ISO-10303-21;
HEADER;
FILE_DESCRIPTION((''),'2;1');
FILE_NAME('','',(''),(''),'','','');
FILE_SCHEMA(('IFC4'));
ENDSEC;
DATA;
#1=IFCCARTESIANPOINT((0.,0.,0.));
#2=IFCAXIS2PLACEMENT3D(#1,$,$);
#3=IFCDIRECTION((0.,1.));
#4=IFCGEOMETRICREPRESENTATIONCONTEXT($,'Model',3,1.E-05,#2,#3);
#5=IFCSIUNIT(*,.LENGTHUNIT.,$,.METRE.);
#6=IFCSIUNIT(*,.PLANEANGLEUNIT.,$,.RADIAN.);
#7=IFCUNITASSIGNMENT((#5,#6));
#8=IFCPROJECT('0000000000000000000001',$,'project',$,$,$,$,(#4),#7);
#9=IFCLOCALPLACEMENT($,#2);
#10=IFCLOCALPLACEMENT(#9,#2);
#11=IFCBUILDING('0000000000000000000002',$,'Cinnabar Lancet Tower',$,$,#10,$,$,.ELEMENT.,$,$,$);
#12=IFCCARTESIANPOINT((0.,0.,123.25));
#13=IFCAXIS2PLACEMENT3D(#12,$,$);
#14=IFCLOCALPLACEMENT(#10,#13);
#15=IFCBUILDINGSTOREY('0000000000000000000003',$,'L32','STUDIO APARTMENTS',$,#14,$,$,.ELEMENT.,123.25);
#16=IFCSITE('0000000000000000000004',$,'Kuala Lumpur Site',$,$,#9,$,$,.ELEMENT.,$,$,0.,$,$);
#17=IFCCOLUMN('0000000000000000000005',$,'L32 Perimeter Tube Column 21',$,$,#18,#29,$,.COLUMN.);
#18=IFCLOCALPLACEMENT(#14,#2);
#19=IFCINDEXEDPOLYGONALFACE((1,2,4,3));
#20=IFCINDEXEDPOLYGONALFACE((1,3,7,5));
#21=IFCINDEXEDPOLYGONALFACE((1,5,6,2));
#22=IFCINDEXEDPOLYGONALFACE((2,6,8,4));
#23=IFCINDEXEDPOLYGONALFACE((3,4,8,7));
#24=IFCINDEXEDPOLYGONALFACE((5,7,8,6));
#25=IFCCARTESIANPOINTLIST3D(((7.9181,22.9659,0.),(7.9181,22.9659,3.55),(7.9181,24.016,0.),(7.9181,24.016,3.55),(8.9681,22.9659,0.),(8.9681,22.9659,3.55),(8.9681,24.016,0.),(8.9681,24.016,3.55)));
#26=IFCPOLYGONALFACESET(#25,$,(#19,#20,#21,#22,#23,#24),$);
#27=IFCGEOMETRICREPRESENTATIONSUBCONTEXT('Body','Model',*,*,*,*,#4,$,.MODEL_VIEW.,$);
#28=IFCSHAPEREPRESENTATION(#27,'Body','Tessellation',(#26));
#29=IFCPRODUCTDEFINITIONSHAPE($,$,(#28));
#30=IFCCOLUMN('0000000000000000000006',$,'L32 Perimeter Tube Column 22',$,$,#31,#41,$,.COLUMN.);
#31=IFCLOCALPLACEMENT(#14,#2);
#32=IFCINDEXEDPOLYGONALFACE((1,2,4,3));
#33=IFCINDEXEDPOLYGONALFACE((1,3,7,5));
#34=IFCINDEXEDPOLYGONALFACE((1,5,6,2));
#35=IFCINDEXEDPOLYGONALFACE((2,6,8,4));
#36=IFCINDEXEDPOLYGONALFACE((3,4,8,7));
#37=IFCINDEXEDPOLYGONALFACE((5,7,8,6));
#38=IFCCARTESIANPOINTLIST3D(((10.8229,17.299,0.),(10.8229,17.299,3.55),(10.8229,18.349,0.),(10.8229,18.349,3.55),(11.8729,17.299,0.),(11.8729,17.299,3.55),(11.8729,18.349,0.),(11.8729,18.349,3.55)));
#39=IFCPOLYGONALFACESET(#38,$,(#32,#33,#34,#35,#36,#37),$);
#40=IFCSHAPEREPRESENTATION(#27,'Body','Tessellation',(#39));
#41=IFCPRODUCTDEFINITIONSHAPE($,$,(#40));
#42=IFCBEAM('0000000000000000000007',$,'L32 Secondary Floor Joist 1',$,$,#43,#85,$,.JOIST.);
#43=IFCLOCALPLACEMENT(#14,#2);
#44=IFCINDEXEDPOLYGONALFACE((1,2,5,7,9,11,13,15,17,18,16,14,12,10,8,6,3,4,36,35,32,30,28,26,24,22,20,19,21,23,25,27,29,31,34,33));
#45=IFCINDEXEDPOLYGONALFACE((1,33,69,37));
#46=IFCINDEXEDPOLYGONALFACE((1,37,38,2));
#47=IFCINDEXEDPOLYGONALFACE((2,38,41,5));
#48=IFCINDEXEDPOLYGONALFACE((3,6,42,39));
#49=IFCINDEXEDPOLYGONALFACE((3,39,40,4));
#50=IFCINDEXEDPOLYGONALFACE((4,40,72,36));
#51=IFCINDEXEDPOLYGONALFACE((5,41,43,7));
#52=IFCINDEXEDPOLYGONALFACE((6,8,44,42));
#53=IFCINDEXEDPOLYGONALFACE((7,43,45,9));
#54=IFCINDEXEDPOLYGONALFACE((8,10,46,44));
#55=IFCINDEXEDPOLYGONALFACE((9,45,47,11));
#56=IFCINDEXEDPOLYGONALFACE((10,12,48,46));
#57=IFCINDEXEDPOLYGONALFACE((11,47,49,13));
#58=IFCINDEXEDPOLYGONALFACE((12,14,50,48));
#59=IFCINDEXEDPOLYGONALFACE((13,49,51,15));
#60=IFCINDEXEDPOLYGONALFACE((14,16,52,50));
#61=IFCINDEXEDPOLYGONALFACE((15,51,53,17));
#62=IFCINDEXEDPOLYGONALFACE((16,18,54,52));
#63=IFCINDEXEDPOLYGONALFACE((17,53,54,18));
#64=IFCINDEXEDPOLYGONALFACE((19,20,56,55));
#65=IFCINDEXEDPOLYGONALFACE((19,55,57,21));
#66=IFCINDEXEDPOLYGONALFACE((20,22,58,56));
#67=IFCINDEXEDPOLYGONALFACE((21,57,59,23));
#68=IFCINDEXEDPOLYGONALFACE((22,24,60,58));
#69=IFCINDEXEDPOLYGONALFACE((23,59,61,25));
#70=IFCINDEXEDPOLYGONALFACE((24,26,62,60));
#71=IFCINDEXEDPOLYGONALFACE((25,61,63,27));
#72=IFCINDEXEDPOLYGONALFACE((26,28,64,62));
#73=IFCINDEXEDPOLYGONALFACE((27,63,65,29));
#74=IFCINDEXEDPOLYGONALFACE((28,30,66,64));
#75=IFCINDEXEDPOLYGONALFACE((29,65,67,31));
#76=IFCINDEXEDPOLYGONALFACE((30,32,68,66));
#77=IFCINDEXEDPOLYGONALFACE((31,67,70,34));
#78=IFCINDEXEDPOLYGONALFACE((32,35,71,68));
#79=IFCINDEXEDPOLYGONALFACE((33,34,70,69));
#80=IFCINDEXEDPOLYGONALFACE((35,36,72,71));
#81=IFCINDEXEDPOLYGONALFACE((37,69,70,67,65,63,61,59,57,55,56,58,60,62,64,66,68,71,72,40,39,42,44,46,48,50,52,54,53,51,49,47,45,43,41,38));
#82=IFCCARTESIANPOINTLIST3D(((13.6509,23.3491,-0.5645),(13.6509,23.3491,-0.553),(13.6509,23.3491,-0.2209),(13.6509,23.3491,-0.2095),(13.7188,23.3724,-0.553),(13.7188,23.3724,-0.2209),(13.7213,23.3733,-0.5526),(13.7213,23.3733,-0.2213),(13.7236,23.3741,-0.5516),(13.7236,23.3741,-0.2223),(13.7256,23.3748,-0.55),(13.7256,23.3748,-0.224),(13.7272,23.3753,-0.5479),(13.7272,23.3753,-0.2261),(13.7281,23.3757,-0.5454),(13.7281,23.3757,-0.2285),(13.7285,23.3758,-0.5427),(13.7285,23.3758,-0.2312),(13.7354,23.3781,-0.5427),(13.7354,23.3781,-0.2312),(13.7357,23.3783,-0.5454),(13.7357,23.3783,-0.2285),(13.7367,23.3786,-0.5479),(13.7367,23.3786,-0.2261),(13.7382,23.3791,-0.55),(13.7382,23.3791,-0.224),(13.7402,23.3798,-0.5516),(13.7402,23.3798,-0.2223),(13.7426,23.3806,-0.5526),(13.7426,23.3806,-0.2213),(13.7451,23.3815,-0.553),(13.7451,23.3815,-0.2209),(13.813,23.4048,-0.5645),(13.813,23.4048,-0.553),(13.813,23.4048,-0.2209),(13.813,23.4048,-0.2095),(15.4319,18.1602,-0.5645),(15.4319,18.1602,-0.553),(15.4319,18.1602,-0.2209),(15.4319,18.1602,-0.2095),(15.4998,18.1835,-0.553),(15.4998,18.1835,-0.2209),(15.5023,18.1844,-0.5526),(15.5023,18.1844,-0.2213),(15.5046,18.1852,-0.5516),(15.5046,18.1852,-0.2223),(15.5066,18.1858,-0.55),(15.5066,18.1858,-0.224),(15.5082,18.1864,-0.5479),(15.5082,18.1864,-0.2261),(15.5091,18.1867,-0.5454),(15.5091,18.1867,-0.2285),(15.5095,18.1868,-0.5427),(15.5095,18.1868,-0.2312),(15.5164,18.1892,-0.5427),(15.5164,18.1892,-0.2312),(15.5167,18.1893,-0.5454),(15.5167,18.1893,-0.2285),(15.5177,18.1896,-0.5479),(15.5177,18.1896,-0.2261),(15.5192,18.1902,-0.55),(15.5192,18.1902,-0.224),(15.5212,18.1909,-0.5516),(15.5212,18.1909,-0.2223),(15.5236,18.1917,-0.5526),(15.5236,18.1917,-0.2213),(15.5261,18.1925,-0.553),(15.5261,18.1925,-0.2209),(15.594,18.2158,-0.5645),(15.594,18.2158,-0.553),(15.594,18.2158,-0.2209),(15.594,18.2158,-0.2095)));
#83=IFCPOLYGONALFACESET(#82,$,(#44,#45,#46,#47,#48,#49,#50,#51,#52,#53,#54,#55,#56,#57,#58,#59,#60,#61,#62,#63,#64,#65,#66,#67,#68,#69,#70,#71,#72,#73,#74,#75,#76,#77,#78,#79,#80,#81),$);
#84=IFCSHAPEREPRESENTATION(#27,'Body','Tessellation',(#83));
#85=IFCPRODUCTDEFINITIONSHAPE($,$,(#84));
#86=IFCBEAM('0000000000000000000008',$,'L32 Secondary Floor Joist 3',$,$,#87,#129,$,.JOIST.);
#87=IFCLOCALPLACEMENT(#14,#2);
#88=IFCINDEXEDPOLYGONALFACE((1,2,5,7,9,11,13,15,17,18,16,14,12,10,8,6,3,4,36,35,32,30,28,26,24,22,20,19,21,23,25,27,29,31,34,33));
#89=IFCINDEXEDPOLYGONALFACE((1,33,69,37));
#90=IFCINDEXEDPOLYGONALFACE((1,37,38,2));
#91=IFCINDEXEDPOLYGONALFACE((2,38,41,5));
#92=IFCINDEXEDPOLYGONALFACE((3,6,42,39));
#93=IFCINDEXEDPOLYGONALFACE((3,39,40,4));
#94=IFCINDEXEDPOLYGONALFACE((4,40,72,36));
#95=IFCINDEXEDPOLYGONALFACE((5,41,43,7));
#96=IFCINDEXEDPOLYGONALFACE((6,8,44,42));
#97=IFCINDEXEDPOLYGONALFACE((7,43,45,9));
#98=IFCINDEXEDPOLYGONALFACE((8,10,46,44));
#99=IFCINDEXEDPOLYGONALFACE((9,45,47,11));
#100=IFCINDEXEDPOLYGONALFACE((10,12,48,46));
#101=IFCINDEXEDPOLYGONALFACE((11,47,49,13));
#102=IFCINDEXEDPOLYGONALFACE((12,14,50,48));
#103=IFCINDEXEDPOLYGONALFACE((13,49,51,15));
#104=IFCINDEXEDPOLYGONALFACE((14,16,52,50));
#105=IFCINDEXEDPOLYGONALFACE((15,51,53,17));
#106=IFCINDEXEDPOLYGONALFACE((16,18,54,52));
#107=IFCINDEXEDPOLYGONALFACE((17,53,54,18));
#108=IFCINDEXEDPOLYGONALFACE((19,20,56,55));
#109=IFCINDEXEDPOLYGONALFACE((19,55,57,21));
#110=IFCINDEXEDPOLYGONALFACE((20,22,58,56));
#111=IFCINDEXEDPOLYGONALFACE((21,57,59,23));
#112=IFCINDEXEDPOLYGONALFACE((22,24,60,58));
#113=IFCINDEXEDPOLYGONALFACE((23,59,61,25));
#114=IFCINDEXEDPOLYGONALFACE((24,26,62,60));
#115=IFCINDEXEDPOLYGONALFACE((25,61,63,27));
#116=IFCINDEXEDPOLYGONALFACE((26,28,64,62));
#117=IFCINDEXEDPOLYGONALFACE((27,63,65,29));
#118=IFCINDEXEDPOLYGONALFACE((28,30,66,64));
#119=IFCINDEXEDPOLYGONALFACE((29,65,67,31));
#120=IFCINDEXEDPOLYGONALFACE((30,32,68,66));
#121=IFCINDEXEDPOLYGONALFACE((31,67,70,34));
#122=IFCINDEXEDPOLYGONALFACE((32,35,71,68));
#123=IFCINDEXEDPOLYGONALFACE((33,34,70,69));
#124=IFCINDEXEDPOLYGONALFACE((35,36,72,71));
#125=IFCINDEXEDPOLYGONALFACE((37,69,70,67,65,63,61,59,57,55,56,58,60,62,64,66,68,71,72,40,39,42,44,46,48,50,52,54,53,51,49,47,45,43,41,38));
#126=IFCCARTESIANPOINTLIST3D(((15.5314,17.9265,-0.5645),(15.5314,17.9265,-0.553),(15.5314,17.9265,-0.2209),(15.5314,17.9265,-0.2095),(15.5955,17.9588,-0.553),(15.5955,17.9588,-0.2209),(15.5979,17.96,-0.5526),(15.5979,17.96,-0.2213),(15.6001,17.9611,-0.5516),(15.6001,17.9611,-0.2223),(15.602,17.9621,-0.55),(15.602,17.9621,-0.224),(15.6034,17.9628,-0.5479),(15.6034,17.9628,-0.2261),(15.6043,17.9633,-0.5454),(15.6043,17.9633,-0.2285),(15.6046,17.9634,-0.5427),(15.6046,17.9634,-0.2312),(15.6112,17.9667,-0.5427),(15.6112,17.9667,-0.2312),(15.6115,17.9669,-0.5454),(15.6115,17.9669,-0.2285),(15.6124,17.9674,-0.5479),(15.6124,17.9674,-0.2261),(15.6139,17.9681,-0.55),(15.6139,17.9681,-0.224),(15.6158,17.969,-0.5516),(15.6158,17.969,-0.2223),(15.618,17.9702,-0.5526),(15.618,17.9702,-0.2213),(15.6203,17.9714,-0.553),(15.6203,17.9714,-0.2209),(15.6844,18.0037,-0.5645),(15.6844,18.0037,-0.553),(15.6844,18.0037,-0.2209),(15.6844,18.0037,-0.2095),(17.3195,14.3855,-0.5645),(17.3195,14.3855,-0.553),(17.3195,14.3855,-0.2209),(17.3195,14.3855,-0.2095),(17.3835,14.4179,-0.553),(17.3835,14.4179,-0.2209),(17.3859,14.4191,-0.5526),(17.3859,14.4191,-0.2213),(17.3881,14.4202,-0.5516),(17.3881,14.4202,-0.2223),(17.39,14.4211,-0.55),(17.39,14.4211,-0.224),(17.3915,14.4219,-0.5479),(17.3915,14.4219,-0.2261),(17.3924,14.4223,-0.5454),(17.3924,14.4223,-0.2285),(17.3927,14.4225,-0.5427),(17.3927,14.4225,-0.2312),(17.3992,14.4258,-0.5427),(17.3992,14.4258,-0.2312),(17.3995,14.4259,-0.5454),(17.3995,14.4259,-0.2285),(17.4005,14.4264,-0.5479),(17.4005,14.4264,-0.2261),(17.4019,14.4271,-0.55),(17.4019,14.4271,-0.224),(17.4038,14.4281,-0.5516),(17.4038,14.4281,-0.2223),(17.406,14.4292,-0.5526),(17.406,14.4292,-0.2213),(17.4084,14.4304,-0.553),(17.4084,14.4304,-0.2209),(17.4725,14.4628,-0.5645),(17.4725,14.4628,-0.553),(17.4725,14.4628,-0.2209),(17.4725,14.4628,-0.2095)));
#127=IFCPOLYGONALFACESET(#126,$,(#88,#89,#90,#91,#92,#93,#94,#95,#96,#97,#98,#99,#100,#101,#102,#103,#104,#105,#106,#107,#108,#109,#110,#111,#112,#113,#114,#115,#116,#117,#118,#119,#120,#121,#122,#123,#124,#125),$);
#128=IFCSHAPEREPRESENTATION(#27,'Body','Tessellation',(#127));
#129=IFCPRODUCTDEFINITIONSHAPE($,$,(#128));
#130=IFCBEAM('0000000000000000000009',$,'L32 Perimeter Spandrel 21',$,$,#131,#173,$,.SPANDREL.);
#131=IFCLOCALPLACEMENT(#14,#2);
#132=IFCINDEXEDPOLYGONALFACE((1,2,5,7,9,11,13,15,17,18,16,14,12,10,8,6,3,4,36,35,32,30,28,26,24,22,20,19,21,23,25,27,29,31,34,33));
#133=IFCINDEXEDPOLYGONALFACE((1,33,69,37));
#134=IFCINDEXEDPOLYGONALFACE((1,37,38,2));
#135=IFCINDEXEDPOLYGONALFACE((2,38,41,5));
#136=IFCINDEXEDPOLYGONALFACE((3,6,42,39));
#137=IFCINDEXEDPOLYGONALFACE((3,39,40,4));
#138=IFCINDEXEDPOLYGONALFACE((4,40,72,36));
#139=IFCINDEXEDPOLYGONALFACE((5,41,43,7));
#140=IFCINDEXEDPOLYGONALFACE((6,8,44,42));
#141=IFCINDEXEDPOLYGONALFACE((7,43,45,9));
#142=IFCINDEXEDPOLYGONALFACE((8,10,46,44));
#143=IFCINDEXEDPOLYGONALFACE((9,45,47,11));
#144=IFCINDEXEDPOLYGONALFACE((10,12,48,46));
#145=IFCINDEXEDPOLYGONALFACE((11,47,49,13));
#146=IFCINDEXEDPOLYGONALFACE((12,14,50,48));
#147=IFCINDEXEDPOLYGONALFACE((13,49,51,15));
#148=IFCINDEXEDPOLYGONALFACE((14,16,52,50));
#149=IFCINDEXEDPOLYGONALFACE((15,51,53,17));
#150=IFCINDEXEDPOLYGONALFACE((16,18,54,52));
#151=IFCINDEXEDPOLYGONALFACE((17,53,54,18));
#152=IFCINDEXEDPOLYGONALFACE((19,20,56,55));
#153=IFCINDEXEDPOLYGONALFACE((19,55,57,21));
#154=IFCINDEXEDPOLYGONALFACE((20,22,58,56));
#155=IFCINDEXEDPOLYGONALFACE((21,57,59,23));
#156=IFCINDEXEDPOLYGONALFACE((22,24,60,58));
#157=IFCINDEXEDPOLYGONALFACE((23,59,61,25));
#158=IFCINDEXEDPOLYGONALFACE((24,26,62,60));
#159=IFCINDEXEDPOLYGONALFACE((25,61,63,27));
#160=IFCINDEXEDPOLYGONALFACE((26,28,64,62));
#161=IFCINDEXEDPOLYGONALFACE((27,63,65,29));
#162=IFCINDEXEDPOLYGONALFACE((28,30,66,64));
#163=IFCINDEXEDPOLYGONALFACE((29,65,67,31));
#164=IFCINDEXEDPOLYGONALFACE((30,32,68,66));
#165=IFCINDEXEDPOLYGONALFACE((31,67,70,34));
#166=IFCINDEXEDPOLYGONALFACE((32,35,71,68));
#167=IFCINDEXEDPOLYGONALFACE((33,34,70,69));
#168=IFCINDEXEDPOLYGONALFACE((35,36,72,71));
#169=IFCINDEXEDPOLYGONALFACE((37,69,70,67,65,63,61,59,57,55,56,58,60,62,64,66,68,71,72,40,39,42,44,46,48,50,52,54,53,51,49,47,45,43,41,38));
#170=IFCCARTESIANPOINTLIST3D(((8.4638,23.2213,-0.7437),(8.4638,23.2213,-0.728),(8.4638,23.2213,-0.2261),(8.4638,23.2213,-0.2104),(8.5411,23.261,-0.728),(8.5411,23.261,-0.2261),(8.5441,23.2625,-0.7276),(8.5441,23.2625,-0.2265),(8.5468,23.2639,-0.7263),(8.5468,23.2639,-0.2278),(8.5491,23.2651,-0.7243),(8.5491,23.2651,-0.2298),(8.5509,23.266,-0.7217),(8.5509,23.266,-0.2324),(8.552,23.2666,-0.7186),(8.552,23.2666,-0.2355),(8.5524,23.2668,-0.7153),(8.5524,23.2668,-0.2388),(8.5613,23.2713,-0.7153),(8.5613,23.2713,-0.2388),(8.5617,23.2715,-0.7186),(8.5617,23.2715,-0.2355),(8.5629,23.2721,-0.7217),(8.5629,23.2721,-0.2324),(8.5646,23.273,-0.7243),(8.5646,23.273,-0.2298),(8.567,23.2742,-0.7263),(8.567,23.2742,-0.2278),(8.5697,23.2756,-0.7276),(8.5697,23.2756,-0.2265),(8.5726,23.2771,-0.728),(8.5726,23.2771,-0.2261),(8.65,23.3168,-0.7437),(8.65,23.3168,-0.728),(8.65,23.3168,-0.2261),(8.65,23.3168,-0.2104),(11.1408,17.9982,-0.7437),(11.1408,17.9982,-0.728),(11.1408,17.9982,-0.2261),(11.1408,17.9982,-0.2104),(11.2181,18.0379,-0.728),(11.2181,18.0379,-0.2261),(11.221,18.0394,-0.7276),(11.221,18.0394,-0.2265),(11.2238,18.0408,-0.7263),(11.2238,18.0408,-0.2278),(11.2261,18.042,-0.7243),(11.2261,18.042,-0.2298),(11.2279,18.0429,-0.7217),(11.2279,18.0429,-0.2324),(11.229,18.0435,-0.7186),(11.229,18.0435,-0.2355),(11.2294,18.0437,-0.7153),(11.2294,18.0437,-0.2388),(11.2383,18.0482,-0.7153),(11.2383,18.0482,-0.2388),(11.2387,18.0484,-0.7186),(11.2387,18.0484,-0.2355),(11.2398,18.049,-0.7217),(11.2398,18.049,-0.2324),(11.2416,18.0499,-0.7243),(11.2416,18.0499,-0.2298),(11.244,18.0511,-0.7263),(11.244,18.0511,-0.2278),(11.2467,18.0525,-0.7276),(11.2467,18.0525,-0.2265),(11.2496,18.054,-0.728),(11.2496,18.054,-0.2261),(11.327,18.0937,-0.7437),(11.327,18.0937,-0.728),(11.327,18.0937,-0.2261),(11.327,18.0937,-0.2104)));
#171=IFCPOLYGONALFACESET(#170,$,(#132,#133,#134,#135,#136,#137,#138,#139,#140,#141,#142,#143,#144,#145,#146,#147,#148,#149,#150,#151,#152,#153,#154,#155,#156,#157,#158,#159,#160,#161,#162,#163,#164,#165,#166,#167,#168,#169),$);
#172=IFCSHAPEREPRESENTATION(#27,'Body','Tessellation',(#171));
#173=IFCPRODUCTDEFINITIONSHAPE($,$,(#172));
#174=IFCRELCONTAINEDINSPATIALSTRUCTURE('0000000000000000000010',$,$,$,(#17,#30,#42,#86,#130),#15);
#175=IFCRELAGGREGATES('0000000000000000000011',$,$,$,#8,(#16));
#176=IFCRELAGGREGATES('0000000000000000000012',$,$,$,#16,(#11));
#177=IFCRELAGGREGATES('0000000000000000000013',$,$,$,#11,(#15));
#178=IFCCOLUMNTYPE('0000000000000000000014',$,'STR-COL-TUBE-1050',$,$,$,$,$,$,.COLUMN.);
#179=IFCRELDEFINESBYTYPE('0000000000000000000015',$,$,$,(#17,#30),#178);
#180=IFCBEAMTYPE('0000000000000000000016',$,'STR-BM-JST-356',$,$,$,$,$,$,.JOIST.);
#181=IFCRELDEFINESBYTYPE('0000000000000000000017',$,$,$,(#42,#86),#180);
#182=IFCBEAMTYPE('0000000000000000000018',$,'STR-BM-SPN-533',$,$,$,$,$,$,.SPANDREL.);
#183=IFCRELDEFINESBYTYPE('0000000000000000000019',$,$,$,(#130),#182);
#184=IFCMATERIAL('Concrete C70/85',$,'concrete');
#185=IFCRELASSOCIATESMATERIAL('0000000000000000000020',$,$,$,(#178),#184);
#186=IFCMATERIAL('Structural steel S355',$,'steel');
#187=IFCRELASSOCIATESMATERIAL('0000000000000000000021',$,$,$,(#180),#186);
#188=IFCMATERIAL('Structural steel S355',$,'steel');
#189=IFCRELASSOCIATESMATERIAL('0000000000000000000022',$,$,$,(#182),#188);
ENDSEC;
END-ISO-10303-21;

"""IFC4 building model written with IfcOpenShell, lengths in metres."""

from ifc_helpers import new_model, si_unit, direction, frame, origin, origin_2d, place, context, subcontext, project, spatial, rectangle, i_section, extrude, material, material_profile, profile_set, type_object, element, save


model = new_model("IFC4")

# Units and contexts
model_context = context("Model", 3, precision=1e-05, world=origin(), true_north=direction((0.0, 1.0)))
body_context = subcontext(model_context, "Body", "Model", "MODEL_VIEW")
ifc_project = project(units=[si_unit("LENGTHUNIT", "METRE"), si_unit("PLANEANGLEUNIT", "RADIAN")], contexts=[model_context])

# Site, building, storey
site_placement = place(None, origin())
site = spatial("IfcSite", under=ifc_project, at=site_placement, Name="Kuala Lumpur Site", CompositionType="ELEMENT", RefElevation=0.0)
building_placement = place(site_placement, origin())
building = spatial("IfcBuilding", under=site, at=building_placement, Name="Cinnabar Lancet Tower", CompositionType="ELEMENT")
storey_placement = place(building_placement, frame((0.0, 0.0, 123.25)))
storey = spatial("IfcBuildingStorey", under=building, at=storey_placement, Name="L32", Description="STUDIO APARTMENTS", CompositionType="ELEMENT", Elevation=123.25)

# Columns
ifc_material_1 = material(Name="Concrete C70/85", Category="concrete")
ifc_material_profile_1 = material_profile(ifc_material_1, rectangle(XDim=1.05, YDim=1.05, at=origin_2d()), Name="RC-COL 1050x1050")
ifc_profile_set_1 = profile_set([ifc_material_profile_1], Name="Concrete C70/85")
column_type = type_object("IfcColumnType", Name="STR-COL-TUBE-1050", PredefinedType="COLUMN", material=ifc_profile_set_1)
for number, where, z_axis, x_axis, name in (
    (1, (8.4431, 23.491, 0.0), (0.0, 0.0, 1.0), (1.0, 0.0, 0.0), "L32 Perimeter Tube Column 21"),
    (2, (11.3479, 17.824, 0.0), (0.0, 0.0, 1.0), (1.0, 0.0, 0.0), "L32 Perimeter Tube Column 22"),
):
    element("IfcColumn", number, at=place(storey_placement, frame(where, z_axis=z_axis, x_axis=x_axis)), inside=storey, type_object=column_type, Name=name, PredefinedType="COLUMN", context=body_context, shape_type="SweptSolid", body=[
        extrude(rectangle(XDim=1.05, YDim=1.05, at=origin_2d()), origin(), (0.0, 0.0, 1.0), 3.55),
    ])

# Beams
ifc_material_2 = material(Name="Structural steel S355", Category="steel")
ifc_material_profile_2 = material_profile(ifc_material_2, i_section(OverallWidth=0.1714, OverallDepth=0.355, WebThickness=0.0073, FlangeThickness=0.0115, FilletRadius=0.0103, at=origin_2d()), Name="UKB 356x171x51")
ifc_profile_set_2 = profile_set([ifc_material_profile_2], Name="Structural steel S355")
beam_type_1 = type_object("IfcBeamType", Name="STR-BM-JST-356", PredefinedType="JOIST", material=ifc_profile_set_2)
beam_1_placement = place(storey_placement, frame((13.7319, 23.377, -0.387), z_axis=(0.324639, -0.945838, 0.0), x_axis=(0.945838, 0.324639, 0.0)))
element("IfcBeam", 3, at=beam_1_placement, inside=storey, type_object=beam_type_1, Name="L32 Secondary Floor Joist 1", PredefinedType="JOIST", context=body_context, shape_type="SweptSolid", body=[
    extrude(i_section(OverallWidth=0.1714, OverallDepth=0.355, WebThickness=0.0073, FlangeThickness=0.0115, FilletRadius=0.0103, at=origin_2d()), origin(), (0.0, 0.0, 1.0), 5.4861),
])
beam_2_placement = place(storey_placement, frame((15.6079, 17.9651, -0.387), z_axis=(0.450755, -0.892648, 0.0), x_axis=(0.892648, 0.450755, 0.0)))
element("IfcBeam", 4, at=beam_2_placement, inside=storey, type_object=beam_type_1, Name="L32 Secondary Floor Joist 3", PredefinedType="JOIST", context=body_context, shape_type="SweptSolid", body=[
    extrude(i_section(OverallWidth=0.1714, OverallDepth=0.355, WebThickness=0.0073, FlangeThickness=0.0115, FilletRadius=0.0103, at=origin_2d()), origin(), (0.0, 0.0, 1.0), 3.9668),
])
ifc_material_3 = material(Name="Structural steel S355", Category="steel")
ifc_material_profile_3 = material_profile(ifc_material_3, i_section(OverallWidth=0.2092, OverallDepth=0.5332, WebThickness=0.01, FlangeThickness=0.0156, FilletRadius=0.0127, at=origin_2d()), Name="UKB 533x210x92")
ifc_profile_set_3 = profile_set([ifc_material_profile_3], Name="Structural steel S355")
beam_type_2 = type_object("IfcBeamType", Name="STR-BM-SPN-533", PredefinedType="SPANDREL", material=ifc_profile_set_3)
beam_3_placement = place(storey_placement, frame((8.5569, 23.269, -0.4771), z_axis=(0.45611, -0.889924, 0.0), x_axis=(0.889924, 0.45611, 0.0)))
element("IfcBeam", 5, at=beam_3_placement, inside=storey, type_object=beam_type_2, Name="L32 Perimeter Spandrel 21", PredefinedType="SPANDREL", context=body_context, shape_type="SweptSolid", body=[
    extrude(i_section(OverallWidth=0.2092, OverallDepth=0.5332, WebThickness=0.01, FlangeThickness=0.0156, FilletRadius=0.0127, at=origin_2d()), origin(), (0.0, 0.0, 1.0), 5.8691),
])

save(model, "model.ifc")
